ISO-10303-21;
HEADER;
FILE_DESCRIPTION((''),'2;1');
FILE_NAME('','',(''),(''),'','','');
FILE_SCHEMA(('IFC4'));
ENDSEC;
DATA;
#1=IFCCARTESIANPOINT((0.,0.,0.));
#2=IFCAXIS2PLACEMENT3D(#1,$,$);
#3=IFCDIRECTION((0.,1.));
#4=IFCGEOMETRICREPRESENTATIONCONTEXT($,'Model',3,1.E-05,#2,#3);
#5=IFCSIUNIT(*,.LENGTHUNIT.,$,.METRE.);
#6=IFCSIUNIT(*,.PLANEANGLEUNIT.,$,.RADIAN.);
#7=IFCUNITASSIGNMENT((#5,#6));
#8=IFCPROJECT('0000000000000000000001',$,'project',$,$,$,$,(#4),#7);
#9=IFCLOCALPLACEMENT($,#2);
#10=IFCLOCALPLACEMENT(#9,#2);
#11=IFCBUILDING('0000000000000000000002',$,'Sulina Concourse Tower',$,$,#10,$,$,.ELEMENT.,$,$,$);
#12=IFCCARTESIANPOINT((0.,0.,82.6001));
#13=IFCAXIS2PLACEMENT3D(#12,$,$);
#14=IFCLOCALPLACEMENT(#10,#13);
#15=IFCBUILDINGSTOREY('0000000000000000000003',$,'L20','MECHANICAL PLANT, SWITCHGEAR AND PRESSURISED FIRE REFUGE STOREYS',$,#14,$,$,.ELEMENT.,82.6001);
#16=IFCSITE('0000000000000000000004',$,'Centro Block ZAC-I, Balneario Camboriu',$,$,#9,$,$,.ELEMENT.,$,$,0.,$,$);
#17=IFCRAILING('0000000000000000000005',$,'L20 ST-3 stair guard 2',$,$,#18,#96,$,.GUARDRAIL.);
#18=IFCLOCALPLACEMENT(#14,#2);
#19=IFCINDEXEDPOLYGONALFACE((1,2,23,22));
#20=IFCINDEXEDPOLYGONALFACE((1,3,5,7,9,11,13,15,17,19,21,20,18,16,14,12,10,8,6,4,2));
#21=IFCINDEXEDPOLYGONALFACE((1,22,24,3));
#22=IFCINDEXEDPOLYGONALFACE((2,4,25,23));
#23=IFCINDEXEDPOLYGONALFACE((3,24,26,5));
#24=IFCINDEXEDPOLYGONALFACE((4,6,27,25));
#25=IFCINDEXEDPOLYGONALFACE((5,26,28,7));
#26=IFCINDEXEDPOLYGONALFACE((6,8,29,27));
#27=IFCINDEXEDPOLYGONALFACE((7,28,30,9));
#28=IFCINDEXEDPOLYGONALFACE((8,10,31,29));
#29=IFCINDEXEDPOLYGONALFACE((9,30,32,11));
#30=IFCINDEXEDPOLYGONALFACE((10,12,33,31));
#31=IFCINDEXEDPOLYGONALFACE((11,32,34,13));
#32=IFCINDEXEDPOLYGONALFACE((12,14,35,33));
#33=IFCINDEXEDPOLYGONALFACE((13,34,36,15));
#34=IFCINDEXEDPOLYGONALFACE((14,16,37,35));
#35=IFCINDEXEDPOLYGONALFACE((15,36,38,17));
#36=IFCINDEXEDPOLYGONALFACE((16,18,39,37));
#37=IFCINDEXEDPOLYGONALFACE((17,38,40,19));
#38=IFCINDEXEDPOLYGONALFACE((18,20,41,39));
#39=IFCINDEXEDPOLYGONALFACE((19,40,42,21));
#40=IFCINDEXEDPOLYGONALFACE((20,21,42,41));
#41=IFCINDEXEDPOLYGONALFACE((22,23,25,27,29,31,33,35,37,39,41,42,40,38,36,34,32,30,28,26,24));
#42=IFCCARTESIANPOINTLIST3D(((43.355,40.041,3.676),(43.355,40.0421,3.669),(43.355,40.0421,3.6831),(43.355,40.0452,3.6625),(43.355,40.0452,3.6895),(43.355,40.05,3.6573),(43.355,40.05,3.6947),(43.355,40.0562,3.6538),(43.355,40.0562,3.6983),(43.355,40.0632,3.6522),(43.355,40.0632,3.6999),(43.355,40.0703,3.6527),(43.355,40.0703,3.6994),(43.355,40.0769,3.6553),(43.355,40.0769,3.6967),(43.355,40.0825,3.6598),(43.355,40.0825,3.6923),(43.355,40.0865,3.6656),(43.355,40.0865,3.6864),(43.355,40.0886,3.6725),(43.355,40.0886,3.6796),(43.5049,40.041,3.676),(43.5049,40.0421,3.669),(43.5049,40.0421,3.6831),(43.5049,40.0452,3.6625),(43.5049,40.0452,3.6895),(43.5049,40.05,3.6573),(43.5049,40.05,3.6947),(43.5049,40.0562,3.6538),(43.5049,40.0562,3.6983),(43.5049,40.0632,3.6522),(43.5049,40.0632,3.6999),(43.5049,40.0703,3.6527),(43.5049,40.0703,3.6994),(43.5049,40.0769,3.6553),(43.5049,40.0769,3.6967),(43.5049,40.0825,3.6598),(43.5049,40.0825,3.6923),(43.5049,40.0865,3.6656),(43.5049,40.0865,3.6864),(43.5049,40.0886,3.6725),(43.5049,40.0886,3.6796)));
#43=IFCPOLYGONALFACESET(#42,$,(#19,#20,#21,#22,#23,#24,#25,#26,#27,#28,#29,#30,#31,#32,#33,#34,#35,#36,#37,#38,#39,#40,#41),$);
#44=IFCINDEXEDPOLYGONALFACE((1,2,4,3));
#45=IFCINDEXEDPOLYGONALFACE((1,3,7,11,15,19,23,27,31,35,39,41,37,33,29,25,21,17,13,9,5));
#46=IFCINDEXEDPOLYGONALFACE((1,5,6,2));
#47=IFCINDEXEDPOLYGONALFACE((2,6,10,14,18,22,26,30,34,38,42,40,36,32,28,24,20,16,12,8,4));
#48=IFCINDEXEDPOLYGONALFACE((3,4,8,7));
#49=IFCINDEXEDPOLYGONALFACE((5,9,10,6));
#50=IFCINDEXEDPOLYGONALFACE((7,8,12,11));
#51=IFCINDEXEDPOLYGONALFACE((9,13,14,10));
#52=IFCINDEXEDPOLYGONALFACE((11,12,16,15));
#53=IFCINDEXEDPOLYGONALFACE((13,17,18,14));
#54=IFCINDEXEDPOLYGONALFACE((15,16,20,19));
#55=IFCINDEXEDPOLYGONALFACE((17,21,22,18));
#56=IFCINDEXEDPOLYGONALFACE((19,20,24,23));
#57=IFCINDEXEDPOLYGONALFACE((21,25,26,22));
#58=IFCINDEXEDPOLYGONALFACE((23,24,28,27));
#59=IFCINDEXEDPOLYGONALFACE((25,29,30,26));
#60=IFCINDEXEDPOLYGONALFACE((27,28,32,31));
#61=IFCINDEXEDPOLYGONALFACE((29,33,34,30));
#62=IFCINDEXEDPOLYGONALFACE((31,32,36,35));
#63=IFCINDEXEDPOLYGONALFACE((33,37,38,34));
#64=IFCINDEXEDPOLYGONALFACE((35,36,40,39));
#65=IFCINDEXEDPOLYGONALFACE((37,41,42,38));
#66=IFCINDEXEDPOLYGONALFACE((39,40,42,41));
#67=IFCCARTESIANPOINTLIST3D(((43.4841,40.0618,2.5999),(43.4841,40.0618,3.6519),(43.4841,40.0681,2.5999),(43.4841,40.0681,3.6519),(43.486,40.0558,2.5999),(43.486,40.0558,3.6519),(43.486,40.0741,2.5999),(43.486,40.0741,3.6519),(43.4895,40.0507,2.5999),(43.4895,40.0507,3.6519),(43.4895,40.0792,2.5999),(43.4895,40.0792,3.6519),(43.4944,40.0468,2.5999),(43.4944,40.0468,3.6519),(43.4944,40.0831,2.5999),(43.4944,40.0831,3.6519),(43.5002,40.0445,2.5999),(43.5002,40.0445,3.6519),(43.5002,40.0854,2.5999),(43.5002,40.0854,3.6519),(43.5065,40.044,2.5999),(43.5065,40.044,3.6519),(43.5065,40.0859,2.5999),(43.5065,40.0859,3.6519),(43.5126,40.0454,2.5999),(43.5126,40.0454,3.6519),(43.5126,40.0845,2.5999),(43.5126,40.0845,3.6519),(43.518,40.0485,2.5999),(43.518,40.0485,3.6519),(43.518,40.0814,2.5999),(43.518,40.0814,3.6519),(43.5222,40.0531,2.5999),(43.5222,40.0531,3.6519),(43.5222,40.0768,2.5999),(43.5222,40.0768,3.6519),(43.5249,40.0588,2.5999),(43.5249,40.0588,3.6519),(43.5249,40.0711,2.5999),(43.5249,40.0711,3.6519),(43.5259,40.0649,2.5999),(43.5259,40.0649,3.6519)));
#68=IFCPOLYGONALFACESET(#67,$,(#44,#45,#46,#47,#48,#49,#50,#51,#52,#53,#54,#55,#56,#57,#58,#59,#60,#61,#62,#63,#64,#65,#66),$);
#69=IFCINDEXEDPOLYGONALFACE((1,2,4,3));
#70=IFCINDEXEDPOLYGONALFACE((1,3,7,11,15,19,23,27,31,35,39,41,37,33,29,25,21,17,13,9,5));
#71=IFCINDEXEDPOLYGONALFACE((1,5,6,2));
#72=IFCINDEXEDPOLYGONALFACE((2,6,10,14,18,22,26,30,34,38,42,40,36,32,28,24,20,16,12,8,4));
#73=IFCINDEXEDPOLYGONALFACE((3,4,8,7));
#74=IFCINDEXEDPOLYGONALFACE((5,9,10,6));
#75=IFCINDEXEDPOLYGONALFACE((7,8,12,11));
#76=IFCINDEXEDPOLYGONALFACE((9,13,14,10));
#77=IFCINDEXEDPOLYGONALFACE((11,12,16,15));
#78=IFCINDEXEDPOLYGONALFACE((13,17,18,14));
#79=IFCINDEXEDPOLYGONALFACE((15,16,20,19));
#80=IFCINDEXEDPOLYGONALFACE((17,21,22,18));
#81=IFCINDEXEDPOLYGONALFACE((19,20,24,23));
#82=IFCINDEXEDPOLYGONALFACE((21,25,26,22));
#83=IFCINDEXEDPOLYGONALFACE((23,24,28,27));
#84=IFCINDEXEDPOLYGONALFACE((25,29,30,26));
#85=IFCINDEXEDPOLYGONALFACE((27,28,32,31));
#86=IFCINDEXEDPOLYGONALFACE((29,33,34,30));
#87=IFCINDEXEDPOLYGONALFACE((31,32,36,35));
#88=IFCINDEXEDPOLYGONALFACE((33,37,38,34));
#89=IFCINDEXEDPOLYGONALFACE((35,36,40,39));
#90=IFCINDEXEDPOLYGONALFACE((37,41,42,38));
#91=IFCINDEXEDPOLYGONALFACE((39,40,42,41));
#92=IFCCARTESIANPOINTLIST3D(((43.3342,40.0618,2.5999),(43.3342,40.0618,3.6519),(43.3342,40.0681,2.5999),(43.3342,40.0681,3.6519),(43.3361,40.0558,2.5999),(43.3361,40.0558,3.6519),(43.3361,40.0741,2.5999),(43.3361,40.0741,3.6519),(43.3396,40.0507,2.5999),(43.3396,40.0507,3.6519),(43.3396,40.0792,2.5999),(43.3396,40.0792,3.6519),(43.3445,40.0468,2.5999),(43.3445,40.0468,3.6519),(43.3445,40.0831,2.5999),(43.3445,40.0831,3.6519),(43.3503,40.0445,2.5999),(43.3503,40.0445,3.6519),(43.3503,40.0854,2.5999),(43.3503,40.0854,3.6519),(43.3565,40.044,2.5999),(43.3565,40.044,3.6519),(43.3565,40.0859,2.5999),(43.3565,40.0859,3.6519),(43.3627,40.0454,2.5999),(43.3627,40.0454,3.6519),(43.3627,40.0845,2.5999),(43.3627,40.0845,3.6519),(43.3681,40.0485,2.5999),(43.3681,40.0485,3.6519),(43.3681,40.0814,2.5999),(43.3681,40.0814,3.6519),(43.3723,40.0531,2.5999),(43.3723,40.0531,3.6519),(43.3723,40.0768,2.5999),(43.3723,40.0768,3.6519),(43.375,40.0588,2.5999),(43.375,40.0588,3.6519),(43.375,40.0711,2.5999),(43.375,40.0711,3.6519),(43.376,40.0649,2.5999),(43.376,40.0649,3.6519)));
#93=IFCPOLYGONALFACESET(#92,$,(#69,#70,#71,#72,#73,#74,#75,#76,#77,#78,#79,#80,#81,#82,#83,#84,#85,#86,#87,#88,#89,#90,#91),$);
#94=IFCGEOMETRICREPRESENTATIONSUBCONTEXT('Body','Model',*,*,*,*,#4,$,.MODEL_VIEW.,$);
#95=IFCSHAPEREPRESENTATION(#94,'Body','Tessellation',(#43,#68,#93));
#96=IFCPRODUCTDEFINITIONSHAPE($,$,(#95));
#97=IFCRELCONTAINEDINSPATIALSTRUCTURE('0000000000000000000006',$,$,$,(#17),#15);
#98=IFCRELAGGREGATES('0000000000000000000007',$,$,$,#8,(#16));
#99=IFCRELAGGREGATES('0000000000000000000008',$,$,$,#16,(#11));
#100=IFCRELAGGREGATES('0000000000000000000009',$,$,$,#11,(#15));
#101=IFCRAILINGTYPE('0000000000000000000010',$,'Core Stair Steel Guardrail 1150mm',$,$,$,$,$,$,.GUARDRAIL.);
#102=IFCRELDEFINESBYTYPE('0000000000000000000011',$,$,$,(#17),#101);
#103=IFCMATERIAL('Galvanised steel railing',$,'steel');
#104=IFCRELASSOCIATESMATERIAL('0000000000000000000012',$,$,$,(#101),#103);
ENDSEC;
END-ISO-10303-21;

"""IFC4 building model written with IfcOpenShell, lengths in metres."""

from ifc_helpers import new_model, si_unit, direction, frame, origin, origin_2d, place, context, subcontext, project, spatial, circle, extrude, material, type_object, element, save


model = new_model("IFC4")

# Units and contexts
model_context = context("Model", 3, precision=1e-05, world=origin(), true_north=direction((0.0, 1.0)))
body_context = subcontext(model_context, "Body", "Model", "MODEL_VIEW")
ifc_project = project(units=[si_unit("LENGTHUNIT", "METRE"), si_unit("PLANEANGLEUNIT", "RADIAN")], contexts=[model_context])

# Site, building, storey
site_placement = place(None, origin())
site = spatial("IfcSite", under=ifc_project, at=site_placement, Name="Centro Block ZAC-I, Balneario Camboriu", CompositionType="ELEMENT", RefElevation=0.0)
building_placement = place(site_placement, origin())
building = spatial("IfcBuilding", under=site, at=building_placement, Name="Sulina Concourse Tower", CompositionType="ELEMENT")
storey_placement = place(building_placement, frame((0.0, 0.0, 82.6001)))
storey = spatial("IfcBuildingStorey", under=building, at=storey_placement, Name="L20", Description="MECHANICAL PLANT, SWITCHGEAR AND PRESSURISED FIRE REFUGE STOREYS", CompositionType="ELEMENT", Elevation=82.6001)

# Railing
ifc_material_1 = material(Name="Galvanised steel railing", Category="steel")
railing_type_1 = type_object("IfcRailingType", Name="Core Stair Steel Guardrail 1150mm", PredefinedType="GUARDRAIL", material=ifc_material_1)
railing_1_placement = place(storey_placement, frame((43.5049, 40.0649, 2.5999)))
element("IfcRailing", 1, at=railing_1_placement, inside=storey, type_object=railing_type_1, Name="L20 ST-3 stair guard 2", PredefinedType="GUARDRAIL", context=body_context, shape_type="SweptSolid", body=[
    extrude(circle(Radius=0.0239, at=origin_2d()), frame((0.0, 0.0, 1.0762), z_axis=(-1.0, 0.0, 0.0), x_axis=(0.0, -1.0, 0.0)), (0.0, 0.0, 1.0), 0.1499),
    extrude(circle(Radius=0.021, at=origin_2d()), origin(), (0.0, 0.0, 1.0), 1.052),
    extrude(circle(Radius=0.021, at=origin_2d()), frame((-0.1499, 0.0, 0.0)), (0.0, 0.0, 1.0), 1.052),
])

save(model, "model.ifc")
